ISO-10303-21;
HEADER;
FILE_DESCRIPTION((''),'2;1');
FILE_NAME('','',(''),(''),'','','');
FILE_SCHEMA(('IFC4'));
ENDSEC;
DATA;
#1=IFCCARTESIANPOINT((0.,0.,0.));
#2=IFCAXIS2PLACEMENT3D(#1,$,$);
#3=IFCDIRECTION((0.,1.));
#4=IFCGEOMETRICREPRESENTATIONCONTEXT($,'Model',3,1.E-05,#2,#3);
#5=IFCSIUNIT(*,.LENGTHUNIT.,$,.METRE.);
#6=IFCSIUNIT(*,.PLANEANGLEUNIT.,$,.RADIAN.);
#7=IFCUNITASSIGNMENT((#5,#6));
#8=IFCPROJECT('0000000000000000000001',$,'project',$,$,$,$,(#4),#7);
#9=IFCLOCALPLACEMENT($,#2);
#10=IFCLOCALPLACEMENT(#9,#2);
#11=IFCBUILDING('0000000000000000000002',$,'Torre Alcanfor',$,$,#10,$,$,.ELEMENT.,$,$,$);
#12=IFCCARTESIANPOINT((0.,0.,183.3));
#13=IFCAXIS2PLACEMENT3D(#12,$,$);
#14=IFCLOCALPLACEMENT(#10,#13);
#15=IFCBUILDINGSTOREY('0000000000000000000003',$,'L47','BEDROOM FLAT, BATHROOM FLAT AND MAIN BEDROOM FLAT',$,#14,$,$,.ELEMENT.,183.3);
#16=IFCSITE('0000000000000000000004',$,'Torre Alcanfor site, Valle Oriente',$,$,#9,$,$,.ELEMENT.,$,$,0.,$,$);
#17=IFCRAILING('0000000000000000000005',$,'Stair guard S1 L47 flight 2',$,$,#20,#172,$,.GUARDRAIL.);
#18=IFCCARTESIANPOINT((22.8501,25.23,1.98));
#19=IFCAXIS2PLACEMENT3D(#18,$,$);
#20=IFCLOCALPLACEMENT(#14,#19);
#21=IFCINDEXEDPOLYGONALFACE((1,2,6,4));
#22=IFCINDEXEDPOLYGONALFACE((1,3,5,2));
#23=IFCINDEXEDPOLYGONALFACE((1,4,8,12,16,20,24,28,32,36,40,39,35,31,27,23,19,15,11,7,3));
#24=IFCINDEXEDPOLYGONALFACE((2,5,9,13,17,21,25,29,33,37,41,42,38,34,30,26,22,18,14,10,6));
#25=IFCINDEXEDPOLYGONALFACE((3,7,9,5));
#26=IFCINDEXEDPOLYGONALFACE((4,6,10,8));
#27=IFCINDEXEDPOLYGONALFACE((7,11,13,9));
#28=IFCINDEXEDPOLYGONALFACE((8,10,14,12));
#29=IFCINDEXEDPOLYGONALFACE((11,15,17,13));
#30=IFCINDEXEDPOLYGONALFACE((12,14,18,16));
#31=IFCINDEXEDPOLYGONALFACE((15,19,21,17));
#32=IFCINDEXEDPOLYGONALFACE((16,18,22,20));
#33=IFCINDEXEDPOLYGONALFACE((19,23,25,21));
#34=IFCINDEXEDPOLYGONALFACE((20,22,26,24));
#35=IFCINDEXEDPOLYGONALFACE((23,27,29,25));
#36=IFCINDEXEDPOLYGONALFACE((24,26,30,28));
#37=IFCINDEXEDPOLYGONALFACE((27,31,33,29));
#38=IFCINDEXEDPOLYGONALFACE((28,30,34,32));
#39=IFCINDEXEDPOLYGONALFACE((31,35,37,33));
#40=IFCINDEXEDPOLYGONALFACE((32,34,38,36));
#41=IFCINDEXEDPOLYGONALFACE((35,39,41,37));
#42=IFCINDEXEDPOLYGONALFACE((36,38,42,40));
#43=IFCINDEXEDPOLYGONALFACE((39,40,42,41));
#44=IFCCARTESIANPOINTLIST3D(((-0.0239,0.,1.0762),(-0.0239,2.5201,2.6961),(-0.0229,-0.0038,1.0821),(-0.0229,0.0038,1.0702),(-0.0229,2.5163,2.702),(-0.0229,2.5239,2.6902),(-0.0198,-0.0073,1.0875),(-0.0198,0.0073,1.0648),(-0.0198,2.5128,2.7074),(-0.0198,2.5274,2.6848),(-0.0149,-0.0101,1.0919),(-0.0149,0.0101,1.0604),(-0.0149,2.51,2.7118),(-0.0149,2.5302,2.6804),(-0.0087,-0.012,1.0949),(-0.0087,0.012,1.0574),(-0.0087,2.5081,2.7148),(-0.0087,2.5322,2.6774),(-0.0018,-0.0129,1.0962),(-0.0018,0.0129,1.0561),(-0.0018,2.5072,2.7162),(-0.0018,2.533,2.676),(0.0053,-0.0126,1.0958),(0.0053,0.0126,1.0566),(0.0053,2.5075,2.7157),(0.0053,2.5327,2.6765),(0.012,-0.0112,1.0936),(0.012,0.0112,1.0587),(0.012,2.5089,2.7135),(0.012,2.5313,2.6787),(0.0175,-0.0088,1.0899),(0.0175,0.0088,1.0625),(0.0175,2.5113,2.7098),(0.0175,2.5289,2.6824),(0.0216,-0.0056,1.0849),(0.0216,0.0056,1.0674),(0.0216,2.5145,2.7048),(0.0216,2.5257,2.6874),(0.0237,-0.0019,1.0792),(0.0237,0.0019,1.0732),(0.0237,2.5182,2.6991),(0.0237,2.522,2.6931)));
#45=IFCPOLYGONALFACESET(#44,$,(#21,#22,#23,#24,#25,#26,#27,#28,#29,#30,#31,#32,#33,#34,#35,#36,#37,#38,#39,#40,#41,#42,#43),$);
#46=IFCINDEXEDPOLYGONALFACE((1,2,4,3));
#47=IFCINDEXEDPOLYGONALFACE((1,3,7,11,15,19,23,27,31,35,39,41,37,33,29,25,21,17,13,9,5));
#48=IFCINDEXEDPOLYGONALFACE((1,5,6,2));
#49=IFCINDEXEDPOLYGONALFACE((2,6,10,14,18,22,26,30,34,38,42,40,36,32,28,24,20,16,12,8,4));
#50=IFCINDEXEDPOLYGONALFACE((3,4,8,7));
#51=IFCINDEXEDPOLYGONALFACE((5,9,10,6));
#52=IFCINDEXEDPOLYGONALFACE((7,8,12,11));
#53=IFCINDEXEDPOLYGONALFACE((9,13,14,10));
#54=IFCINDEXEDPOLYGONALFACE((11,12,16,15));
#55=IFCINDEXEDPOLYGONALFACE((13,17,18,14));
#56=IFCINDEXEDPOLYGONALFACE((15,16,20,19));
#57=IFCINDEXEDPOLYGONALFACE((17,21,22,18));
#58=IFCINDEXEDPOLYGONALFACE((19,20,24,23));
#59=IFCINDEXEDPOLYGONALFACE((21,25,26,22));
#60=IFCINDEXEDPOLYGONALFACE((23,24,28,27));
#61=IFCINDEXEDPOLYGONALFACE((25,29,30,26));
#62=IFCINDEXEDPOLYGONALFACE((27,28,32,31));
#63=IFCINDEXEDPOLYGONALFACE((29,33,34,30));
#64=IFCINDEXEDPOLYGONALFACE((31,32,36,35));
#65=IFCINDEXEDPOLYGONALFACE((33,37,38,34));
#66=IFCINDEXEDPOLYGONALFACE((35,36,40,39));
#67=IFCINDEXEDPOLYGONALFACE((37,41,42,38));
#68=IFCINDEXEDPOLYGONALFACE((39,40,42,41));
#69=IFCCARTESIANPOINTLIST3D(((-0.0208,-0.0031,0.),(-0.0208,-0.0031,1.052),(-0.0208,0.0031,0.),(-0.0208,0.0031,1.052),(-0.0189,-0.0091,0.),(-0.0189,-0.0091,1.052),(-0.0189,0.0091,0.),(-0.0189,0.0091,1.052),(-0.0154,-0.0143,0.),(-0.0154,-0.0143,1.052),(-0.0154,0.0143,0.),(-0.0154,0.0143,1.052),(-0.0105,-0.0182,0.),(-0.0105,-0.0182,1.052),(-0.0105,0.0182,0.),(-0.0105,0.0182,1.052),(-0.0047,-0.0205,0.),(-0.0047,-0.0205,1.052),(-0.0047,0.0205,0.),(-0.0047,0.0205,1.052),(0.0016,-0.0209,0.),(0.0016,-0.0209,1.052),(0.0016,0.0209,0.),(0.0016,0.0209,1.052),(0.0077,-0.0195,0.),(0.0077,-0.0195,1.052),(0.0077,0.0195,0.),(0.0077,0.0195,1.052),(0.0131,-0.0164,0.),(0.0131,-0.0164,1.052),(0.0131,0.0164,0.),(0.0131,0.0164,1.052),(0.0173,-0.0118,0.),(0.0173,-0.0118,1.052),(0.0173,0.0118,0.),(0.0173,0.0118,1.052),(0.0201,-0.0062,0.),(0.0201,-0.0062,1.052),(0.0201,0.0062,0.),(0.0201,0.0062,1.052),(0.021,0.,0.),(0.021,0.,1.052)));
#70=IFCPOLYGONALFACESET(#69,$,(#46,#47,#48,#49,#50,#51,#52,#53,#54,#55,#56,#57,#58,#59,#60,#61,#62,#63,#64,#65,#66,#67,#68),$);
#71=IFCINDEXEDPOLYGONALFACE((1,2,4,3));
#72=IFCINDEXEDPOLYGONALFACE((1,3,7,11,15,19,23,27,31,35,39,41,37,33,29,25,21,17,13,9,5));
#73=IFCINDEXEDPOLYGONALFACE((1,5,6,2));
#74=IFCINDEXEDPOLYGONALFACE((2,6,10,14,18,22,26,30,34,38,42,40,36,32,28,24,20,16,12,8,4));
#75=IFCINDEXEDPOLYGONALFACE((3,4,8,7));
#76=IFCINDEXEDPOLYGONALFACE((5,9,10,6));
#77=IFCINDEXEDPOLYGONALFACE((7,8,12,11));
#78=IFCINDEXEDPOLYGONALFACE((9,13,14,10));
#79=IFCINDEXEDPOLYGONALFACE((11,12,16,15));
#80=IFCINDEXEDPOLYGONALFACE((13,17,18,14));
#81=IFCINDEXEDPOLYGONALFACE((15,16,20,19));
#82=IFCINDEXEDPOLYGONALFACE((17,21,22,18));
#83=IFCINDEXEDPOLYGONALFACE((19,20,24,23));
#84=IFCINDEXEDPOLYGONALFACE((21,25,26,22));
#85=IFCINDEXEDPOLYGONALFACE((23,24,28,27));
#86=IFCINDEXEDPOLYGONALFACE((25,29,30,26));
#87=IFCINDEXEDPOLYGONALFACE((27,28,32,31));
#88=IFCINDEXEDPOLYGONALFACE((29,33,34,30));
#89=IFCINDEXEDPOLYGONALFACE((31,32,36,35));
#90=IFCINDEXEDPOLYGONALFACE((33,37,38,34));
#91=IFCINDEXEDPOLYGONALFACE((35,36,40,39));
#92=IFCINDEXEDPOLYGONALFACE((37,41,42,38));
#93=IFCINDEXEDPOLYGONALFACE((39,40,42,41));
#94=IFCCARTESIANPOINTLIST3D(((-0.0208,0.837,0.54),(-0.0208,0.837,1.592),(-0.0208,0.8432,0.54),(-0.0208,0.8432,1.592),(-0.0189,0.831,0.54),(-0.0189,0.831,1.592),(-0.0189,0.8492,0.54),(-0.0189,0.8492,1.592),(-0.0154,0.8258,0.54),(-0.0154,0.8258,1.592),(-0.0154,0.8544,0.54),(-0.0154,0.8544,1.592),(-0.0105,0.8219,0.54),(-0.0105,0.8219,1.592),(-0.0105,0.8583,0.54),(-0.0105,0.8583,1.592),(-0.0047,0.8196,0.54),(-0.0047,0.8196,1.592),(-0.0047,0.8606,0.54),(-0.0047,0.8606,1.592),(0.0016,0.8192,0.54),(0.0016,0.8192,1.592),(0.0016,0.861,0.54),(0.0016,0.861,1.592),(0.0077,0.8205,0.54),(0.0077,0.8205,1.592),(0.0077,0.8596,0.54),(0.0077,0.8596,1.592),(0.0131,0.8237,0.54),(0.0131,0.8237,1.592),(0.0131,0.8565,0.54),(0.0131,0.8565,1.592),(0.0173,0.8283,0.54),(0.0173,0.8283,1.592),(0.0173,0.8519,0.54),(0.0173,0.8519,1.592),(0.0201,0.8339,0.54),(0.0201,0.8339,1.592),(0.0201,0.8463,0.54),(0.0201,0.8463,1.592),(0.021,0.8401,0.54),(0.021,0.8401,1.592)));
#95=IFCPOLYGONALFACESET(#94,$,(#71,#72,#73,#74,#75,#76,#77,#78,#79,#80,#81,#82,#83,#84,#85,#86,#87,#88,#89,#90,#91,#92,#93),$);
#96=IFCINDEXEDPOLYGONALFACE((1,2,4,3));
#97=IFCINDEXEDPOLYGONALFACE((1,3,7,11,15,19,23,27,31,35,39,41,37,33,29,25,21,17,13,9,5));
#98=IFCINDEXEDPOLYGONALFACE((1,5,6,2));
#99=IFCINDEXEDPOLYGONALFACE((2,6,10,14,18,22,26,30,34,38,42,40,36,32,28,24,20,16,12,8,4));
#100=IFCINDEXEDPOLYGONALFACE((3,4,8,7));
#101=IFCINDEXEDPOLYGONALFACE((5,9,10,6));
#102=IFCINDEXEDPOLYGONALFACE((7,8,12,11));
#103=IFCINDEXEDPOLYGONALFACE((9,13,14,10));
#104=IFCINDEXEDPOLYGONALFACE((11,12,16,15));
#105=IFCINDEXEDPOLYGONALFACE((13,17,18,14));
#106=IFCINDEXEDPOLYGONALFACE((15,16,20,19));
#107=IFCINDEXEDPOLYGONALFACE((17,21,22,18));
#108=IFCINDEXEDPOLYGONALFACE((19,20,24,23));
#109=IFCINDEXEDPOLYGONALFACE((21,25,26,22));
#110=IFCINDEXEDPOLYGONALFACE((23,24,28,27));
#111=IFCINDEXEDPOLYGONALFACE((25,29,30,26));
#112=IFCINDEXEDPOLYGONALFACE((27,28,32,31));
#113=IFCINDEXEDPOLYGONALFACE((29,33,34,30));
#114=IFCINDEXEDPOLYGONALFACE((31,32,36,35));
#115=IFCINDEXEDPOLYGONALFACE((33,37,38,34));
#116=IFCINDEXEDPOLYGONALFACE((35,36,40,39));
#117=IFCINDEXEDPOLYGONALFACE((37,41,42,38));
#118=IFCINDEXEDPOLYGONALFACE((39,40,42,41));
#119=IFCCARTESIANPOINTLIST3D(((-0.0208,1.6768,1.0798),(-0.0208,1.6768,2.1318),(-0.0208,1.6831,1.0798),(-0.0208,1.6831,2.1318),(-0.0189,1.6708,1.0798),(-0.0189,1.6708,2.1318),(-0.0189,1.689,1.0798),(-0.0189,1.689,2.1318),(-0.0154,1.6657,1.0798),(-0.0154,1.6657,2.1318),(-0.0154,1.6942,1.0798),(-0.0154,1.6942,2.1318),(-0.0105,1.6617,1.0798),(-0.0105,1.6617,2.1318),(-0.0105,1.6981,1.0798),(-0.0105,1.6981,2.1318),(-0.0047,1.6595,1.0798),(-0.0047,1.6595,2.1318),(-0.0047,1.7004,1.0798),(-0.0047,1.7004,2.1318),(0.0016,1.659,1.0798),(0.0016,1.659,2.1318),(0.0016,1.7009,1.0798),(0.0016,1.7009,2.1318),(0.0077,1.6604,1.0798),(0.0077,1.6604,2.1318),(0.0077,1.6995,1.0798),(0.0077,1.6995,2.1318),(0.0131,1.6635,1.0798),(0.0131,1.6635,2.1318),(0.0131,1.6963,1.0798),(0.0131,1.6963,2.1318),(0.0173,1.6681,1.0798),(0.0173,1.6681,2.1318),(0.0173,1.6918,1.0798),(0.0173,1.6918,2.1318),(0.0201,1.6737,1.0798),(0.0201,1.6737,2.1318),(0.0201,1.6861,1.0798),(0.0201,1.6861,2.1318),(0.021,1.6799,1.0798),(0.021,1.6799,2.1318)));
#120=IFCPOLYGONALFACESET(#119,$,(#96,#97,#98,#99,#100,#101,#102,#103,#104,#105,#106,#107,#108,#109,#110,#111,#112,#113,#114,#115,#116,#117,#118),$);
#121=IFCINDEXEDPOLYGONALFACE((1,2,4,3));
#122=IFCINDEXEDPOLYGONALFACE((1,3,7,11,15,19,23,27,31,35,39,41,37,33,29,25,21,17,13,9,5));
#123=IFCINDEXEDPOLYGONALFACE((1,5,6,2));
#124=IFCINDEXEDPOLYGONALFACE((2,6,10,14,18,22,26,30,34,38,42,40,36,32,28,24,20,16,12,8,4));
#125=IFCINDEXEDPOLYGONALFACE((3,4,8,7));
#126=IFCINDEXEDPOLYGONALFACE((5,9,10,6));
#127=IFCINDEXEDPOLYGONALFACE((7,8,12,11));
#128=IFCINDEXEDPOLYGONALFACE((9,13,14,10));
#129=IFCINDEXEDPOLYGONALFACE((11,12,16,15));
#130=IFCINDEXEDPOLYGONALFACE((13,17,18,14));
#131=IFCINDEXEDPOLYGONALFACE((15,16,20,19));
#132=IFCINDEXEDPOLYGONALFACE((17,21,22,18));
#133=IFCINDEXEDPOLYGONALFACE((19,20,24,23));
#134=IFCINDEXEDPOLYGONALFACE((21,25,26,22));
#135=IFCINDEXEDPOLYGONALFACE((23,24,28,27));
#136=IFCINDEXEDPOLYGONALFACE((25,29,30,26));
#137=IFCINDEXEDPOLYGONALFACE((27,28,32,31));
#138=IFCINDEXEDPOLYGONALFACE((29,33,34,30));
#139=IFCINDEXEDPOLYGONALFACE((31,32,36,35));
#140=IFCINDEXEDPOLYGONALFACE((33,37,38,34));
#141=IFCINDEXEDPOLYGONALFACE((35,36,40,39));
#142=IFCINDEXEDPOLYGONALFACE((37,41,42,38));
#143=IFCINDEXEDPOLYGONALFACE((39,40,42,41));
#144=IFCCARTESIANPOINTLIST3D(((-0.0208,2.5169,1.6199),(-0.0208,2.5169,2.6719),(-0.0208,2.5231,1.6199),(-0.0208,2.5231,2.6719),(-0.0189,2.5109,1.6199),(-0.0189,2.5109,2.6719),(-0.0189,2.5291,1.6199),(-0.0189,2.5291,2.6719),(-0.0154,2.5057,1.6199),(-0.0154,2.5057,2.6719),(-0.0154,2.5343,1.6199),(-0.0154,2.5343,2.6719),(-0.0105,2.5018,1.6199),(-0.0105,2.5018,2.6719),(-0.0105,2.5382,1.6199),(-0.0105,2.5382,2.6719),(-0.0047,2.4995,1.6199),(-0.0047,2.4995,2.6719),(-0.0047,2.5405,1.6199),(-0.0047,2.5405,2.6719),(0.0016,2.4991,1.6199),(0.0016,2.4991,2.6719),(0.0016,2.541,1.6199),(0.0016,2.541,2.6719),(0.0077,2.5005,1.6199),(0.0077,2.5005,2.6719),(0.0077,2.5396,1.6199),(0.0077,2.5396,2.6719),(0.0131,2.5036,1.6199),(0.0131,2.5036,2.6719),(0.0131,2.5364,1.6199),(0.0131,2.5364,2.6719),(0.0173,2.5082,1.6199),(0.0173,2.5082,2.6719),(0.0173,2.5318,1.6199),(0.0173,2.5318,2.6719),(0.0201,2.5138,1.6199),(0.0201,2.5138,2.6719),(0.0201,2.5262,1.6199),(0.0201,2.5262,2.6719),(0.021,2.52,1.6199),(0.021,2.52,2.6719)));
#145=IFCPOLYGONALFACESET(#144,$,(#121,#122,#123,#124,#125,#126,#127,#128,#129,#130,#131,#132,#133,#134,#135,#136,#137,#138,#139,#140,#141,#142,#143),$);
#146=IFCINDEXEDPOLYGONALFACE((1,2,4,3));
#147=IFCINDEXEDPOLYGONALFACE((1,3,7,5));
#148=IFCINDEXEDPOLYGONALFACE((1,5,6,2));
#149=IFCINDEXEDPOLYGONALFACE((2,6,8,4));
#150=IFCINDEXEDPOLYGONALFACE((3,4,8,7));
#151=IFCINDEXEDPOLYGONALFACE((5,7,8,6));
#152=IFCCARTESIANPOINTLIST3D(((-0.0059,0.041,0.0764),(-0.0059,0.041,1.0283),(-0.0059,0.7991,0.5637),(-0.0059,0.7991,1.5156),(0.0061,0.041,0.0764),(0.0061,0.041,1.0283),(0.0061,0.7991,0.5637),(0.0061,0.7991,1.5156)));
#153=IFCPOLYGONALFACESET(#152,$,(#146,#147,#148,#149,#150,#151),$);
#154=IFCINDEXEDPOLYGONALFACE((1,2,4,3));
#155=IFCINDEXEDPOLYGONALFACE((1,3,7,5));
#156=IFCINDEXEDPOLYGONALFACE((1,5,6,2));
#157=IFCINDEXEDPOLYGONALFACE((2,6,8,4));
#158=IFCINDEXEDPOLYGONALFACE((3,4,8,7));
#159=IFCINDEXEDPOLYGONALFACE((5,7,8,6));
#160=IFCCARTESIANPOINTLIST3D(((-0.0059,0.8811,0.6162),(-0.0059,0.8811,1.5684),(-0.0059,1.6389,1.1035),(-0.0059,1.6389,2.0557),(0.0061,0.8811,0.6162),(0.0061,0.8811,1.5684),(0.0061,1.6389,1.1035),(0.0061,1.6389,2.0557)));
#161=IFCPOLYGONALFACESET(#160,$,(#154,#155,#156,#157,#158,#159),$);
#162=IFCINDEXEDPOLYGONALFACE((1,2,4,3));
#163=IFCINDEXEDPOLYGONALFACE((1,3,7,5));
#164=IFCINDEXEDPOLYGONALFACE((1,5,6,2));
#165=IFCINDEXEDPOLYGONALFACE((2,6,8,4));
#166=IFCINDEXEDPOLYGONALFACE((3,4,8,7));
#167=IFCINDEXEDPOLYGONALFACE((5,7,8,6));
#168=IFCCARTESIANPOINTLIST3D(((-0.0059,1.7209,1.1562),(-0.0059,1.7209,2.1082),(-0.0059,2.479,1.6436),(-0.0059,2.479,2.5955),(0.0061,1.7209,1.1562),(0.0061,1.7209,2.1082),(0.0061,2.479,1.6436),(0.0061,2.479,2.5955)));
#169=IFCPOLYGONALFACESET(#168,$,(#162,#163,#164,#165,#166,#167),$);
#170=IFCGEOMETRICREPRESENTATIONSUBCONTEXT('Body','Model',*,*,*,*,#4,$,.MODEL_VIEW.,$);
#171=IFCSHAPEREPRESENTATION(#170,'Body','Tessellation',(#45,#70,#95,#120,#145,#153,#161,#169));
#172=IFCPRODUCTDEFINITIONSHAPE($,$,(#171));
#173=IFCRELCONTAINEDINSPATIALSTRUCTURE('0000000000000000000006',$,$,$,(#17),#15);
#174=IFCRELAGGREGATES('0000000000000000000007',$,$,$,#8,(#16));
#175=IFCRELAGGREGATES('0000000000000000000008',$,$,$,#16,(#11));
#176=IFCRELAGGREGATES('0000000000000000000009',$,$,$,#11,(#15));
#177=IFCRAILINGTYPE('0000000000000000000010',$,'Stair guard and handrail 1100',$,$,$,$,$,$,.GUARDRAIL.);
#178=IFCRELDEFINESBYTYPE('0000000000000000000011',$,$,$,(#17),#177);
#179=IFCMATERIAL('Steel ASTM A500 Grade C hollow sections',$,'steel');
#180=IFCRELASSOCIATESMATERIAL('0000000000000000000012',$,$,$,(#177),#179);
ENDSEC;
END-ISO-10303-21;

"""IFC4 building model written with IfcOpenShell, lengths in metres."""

from ifc_helpers import new_model, si_unit, direction, frame, origin, origin_2d, place, context, subcontext, project, spatial, polyline, circle, outline, extrude, material, type_object, element, save


model = new_model("IFC4")

# Units and contexts
model_context = context("Model", 3, precision=1e-05, world=origin(), true_north=direction((0.0, 1.0)))
body_context = subcontext(model_context, "Body", "Model", "MODEL_VIEW")
ifc_project = project(units=[si_unit("LENGTHUNIT", "METRE"), si_unit("PLANEANGLEUNIT", "RADIAN")], contexts=[model_context])

# Site, building, storey
site_placement = place(None, origin())
site = spatial("IfcSite", under=ifc_project, at=site_placement, Name="Torre Alcanfor site, Valle Oriente", CompositionType="ELEMENT", RefElevation=0.0)
building_placement = place(site_placement, origin())
building = spatial("IfcBuilding", under=site, at=building_placement, Name="Torre Alcanfor", CompositionType="ELEMENT")
storey_placement = place(building_placement, frame((0.0, 0.0, 183.3)))
storey = spatial("IfcBuildingStorey", under=building, at=storey_placement, Name="L47", Description="BEDROOM FLAT, BATHROOM FLAT AND MAIN BEDROOM FLAT", CompositionType="ELEMENT", Elevation=183.3)

# Railing
ifc_material_1 = material(Name="Steel ASTM A500 Grade C hollow sections", Category="steel")
railing_type_1 = type_object("IfcRailingType", Name="Stair guard and handrail 1100", PredefinedType="GUARDRAIL", material=ifc_material_1)
railing_1_placement = place(storey_placement, frame((22.8501, 25.23, 1.98)))
element("IfcRailing", 1, at=railing_1_placement, inside=storey, type_object=railing_type_1, Name="Stair guard S1 L47 flight 2", PredefinedType="GUARDRAIL", context=body_context, shape_type="SweptSolid", body=[
    extrude(circle(Radius=0.0239, at=origin_2d()), frame((0.0, 0.0, 1.0762), z_axis=(0.0, 0.8412, 0.540725), x_axis=(-1.0, 0.0, 0.0)), (0.0, 0.0, 1.0), 2.9958),
    extrude(circle(Radius=0.021, at=origin_2d()), origin(), (0.0, 0.0, 1.0), 1.052),
    extrude(circle(Radius=0.021, at=origin_2d()), frame((0.0, 0.8401, 0.54)), (0.0, 0.0, 1.0), 1.052),
    extrude(circle(Radius=0.021, at=origin_2d()), frame((0.0, 1.6799, 1.0798)), (0.0, 0.0, 1.0), 1.052),
    extrude(circle(Radius=0.021, at=origin_2d()), frame((0.0, 2.52, 1.6199)), (0.0, 0.0, 1.0), 1.052),
    extrude(outline(polyline([(0.041, 0.0764), (0.7991, 0.5637), (0.7991, 1.5156), (0.041, 1.0283), (0.041, 0.0764)])), frame((-0.0059, 0.0, 0.0), z_axis=(1.0, 0.0, 0.0), x_axis=(0.0, 1.0, 0.0)), (0.0, 0.0, 1.0), 0.012),
    extrude(outline(polyline([(0.8811, 0.6162), (1.6389, 1.1035), (1.6389, 2.0557), (0.8811, 1.5684), (0.8811, 0.6162)])), frame((-0.0059, 0.0, 0.0), z_axis=(1.0, 0.0, 0.0), x_axis=(0.0, 1.0, 0.0)), (0.0, 0.0, 1.0), 0.012),
    extrude(outline(polyline([(1.7209, 1.1562), (2.479, 1.6436), (2.479, 2.5955), (1.7209, 2.1082), (1.7209, 1.1562)])), frame((-0.0059, 0.0, 0.0), z_axis=(1.0, 0.0, 0.0), x_axis=(0.0, 1.0, 0.0)), (0.0, 0.0, 1.0), 0.012),
])

save(model, "model.ifc")
